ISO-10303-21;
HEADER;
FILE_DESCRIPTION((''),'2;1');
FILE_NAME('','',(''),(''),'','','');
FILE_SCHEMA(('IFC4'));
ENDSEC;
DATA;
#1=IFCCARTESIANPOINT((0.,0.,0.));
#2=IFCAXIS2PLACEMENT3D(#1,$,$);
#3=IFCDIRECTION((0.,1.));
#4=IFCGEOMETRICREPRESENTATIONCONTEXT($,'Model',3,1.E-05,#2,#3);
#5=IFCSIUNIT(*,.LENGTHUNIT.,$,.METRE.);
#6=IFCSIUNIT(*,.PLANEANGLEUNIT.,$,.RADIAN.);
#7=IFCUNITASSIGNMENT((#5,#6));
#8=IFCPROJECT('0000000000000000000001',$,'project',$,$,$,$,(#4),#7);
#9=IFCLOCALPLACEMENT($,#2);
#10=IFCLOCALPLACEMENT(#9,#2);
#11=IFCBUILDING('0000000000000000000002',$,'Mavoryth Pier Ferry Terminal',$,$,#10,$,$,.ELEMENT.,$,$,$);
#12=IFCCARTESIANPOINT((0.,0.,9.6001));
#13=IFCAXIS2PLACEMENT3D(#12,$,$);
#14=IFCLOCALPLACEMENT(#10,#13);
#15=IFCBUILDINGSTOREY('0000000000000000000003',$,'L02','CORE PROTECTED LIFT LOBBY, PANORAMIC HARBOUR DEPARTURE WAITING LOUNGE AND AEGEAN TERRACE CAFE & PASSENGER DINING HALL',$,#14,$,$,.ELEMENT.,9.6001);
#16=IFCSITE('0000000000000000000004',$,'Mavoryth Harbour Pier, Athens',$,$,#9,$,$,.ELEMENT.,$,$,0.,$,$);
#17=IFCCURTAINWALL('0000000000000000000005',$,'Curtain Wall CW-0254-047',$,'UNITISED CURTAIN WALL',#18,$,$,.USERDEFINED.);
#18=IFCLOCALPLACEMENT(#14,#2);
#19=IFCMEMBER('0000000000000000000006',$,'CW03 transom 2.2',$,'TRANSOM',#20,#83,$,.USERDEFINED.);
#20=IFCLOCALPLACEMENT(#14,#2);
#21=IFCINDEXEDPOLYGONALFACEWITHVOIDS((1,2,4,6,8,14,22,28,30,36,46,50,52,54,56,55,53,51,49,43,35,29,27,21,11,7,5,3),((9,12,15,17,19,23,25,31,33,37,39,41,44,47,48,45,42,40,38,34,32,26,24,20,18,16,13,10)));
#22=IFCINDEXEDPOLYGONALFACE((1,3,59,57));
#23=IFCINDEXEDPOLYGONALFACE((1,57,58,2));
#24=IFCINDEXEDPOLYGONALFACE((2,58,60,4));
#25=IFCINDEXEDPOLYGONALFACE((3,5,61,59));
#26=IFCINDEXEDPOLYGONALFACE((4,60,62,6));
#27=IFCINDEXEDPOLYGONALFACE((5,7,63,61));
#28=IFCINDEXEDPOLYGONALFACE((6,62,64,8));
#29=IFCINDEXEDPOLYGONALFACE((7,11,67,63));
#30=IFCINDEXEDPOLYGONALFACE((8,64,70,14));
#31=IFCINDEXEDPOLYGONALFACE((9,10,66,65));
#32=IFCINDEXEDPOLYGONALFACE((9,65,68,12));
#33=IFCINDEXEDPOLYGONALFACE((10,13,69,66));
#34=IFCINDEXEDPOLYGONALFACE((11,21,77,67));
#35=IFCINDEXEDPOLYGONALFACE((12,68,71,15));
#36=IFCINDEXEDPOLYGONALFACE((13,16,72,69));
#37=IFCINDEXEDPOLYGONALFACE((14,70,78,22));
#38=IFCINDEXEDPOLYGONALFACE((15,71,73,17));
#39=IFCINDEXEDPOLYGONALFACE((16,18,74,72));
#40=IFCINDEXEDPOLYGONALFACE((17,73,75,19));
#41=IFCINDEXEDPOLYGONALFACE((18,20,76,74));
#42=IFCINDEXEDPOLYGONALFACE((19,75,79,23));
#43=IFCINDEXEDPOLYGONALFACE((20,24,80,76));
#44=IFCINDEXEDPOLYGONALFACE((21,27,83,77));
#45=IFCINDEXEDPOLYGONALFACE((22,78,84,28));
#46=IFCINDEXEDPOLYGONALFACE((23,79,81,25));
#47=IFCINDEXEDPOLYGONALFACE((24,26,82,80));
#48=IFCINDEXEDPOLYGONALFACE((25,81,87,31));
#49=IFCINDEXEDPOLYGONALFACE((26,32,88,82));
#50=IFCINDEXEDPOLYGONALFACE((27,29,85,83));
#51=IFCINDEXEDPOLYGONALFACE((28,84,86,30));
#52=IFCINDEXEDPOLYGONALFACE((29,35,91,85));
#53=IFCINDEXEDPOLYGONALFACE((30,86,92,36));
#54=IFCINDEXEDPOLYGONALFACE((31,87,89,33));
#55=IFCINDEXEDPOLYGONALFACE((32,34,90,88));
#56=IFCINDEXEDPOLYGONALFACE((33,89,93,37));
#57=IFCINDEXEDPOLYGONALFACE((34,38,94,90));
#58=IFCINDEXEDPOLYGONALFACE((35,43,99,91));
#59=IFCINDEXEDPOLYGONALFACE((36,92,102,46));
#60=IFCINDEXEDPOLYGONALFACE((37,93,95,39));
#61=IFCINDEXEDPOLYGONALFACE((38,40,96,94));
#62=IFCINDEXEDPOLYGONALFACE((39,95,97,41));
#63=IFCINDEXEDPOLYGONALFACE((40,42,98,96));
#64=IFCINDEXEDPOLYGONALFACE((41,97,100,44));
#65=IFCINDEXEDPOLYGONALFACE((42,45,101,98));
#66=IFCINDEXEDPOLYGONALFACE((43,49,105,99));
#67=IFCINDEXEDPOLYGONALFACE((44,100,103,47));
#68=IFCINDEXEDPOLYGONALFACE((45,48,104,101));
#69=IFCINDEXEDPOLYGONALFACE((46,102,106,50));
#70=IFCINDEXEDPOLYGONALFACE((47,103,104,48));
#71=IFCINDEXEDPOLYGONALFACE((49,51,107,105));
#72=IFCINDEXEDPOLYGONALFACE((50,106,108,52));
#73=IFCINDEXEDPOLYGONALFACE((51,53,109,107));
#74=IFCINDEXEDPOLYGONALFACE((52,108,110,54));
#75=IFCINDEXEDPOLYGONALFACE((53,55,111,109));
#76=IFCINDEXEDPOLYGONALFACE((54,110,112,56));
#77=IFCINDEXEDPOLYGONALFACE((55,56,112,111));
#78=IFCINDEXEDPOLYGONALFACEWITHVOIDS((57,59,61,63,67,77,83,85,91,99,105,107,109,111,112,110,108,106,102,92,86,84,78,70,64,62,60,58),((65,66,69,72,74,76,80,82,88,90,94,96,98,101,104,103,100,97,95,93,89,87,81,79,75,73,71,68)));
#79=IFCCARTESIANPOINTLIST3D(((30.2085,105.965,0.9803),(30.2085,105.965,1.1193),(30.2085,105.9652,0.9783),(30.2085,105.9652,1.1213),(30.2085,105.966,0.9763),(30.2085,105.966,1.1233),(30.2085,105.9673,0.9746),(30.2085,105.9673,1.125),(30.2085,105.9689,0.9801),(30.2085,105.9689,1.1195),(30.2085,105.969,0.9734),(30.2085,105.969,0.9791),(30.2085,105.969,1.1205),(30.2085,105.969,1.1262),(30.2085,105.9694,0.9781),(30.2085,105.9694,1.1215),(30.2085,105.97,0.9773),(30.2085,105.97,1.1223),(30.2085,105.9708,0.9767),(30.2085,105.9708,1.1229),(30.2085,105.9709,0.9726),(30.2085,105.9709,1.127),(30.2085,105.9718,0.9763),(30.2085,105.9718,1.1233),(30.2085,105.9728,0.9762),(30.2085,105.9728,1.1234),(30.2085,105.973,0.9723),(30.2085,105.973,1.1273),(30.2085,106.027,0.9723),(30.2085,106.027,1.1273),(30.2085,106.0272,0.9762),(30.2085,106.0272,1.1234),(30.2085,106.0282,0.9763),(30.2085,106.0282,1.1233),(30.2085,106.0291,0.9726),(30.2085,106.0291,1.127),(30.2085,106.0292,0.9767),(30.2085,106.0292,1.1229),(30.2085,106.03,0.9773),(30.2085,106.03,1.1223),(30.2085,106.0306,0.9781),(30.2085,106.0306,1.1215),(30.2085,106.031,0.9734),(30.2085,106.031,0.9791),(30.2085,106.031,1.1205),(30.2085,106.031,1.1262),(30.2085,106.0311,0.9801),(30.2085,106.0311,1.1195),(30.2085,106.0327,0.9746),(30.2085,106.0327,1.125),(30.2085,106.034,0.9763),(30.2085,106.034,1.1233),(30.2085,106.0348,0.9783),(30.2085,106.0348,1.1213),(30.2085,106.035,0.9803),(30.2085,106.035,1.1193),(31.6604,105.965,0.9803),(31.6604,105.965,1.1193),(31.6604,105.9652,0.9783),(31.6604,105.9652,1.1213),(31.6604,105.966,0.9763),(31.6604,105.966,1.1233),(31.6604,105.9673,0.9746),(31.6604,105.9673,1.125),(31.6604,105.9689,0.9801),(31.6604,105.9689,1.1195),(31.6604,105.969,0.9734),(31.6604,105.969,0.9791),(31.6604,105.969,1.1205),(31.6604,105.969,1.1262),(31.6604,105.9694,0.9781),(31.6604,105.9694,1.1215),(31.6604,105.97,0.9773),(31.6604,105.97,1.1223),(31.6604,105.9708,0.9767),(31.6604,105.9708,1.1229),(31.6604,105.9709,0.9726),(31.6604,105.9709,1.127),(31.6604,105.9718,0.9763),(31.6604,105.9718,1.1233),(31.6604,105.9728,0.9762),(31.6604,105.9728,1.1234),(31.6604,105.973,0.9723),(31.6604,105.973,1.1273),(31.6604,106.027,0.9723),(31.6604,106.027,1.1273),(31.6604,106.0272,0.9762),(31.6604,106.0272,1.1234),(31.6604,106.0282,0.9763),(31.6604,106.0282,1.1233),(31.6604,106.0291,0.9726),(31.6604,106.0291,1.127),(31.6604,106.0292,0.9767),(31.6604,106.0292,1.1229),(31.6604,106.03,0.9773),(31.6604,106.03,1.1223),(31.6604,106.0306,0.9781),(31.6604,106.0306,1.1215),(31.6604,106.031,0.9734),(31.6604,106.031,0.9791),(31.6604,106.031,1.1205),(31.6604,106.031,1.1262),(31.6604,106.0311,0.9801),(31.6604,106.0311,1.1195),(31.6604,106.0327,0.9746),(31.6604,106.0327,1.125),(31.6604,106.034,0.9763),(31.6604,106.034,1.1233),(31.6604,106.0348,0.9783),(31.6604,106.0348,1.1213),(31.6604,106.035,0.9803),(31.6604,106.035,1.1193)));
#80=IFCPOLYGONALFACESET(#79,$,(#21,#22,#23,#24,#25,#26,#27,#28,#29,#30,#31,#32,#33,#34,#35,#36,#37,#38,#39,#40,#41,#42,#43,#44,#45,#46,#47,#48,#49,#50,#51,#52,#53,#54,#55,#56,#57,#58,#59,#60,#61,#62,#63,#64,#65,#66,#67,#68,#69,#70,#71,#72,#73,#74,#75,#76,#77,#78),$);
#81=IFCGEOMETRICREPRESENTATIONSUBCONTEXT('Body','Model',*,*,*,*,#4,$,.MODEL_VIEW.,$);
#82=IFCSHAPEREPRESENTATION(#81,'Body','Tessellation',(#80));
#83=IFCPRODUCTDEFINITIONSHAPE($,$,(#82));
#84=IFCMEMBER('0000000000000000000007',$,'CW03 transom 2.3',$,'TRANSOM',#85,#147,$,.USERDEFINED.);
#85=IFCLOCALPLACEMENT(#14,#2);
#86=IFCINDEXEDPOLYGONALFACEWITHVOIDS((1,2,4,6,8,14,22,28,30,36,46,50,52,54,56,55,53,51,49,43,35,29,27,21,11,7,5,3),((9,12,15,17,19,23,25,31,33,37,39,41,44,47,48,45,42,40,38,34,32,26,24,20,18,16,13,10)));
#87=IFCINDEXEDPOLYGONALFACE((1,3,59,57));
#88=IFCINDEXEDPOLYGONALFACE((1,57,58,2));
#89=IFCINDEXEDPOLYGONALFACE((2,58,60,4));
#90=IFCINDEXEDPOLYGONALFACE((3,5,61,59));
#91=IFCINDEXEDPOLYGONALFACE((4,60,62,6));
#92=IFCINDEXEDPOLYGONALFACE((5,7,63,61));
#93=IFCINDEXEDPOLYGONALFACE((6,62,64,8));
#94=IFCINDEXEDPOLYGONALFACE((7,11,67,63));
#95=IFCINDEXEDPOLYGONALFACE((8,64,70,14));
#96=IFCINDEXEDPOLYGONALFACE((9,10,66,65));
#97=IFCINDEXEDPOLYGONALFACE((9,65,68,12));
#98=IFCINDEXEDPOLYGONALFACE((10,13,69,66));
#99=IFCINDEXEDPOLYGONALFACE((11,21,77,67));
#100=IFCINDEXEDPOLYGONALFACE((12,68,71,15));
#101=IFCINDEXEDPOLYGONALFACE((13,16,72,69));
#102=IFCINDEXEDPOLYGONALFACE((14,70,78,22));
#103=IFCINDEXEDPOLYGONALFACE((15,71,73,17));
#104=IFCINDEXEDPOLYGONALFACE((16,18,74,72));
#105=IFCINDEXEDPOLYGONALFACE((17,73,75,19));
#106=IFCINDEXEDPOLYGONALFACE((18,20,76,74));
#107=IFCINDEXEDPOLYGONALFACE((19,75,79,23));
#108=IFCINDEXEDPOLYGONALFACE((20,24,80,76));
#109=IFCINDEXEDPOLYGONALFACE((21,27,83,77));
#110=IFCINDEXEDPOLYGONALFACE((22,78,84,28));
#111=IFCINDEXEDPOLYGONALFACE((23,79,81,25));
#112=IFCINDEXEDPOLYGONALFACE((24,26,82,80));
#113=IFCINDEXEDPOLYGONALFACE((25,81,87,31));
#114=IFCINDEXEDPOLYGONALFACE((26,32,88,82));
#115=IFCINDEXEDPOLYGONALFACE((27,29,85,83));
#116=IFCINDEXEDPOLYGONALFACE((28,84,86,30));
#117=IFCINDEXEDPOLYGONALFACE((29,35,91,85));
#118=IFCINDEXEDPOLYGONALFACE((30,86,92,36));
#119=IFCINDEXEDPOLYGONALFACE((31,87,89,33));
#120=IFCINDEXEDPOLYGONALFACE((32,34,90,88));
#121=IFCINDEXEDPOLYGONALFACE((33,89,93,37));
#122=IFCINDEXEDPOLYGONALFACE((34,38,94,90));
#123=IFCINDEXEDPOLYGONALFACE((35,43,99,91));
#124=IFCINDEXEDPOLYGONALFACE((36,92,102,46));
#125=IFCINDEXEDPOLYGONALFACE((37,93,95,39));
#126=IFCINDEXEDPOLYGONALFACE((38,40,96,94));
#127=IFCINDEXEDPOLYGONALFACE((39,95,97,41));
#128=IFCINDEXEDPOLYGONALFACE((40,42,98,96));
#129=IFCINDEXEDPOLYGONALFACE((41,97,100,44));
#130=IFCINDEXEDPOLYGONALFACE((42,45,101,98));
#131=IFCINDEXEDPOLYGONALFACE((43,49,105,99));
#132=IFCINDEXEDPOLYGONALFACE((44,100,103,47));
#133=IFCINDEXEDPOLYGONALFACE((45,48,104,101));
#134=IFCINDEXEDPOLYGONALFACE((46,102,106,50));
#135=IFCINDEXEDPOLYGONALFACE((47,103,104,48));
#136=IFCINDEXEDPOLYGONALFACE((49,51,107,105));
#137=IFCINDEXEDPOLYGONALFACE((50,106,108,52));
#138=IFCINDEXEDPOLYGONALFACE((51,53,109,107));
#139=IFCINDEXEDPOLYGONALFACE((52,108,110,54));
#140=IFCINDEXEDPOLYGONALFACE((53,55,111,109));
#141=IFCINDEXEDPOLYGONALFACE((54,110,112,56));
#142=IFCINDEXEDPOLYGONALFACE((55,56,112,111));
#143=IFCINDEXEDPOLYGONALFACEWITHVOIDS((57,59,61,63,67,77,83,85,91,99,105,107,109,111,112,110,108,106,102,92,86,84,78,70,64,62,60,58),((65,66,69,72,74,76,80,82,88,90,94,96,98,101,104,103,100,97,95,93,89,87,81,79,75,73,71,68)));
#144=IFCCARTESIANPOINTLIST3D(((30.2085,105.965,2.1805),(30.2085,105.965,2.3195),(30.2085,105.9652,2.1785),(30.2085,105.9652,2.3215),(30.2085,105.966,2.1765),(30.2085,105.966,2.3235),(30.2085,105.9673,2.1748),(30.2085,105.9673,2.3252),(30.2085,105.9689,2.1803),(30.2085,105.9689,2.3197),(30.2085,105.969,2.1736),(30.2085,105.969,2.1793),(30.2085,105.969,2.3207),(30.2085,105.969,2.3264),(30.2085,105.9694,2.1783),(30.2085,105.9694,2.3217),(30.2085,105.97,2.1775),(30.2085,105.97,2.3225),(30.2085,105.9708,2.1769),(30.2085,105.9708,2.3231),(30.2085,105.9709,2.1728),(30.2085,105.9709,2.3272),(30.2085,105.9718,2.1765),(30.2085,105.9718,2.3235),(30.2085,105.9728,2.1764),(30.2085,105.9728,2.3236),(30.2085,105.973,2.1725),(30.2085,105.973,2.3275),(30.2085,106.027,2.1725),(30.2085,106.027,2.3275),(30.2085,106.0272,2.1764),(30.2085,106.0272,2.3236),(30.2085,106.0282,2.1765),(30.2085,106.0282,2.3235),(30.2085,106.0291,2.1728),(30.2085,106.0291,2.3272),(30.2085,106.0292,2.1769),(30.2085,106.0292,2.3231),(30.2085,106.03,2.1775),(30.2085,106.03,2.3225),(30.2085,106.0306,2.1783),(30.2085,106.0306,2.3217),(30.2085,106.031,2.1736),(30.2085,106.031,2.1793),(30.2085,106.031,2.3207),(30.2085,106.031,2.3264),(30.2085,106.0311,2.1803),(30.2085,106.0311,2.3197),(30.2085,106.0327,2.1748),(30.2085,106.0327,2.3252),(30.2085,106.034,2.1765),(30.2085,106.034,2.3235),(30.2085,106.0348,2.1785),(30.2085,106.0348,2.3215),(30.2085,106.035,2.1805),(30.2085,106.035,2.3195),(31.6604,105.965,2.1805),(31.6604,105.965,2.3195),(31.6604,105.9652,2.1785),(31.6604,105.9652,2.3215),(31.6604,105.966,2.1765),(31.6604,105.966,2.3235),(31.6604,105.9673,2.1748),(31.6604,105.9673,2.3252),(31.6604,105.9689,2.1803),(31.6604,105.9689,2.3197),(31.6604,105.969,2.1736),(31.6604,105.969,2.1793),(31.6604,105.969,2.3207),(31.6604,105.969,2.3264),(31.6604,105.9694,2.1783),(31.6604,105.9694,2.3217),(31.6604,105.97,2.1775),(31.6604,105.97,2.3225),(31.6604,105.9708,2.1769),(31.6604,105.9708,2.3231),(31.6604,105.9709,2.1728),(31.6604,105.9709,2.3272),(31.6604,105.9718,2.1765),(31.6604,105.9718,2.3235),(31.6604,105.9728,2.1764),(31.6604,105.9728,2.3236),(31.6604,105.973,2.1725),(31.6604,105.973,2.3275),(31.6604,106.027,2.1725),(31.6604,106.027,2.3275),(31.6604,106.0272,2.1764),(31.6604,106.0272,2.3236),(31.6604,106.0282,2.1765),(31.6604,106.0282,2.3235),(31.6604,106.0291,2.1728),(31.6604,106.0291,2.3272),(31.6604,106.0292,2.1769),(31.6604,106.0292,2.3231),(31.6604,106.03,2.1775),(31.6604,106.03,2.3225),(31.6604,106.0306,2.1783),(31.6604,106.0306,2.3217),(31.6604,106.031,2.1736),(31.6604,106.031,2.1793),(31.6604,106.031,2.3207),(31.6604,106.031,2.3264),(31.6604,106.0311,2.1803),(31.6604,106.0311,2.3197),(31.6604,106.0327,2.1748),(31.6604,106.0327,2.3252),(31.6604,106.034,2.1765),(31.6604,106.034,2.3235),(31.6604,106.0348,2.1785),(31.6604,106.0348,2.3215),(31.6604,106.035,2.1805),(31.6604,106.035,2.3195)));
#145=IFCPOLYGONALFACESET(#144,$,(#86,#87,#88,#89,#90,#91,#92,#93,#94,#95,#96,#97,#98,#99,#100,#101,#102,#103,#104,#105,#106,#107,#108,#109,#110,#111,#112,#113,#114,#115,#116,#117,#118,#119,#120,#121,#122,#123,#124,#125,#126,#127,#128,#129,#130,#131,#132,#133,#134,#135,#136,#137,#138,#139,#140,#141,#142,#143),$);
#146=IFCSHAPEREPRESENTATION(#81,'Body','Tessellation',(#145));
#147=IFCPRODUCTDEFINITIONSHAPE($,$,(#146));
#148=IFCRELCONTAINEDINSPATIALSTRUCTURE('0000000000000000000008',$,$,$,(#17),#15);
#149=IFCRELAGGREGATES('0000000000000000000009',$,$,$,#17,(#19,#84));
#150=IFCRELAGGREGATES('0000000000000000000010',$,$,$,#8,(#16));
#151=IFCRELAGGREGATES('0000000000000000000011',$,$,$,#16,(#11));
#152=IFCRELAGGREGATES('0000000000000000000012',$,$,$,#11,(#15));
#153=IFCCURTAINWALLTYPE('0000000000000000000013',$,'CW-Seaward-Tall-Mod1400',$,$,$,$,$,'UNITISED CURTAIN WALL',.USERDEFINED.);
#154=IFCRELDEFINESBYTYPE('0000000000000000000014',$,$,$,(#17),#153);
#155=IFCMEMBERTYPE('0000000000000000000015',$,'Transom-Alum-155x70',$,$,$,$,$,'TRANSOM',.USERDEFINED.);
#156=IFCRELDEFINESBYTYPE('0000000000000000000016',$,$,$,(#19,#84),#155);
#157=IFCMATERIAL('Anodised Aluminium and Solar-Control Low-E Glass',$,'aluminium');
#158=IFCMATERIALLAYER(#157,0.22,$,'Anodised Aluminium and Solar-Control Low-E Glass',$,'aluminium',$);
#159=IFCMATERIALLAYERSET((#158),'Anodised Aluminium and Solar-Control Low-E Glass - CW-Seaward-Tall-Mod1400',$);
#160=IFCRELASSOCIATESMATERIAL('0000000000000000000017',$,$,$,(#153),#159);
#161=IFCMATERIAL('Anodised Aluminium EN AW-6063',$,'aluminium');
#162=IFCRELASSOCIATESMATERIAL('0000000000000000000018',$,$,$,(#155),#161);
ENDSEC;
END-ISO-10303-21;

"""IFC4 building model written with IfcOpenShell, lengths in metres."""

from ifc_helpers import new_model, si_unit, direction, frame, origin, origin_2d, place, context, subcontext, project, spatial, hollow_rectangle, extrude, material, layer, layer_set, material_profile, profile_set, type_object, element, aggregate, save


model = new_model("IFC4")

# Units and contexts
model_context = context("Model", 3, precision=1e-05, world=origin(), true_north=direction((0.0, 1.0)))
body_context = subcontext(model_context, "Body", "Model", "MODEL_VIEW")
ifc_project = project(units=[si_unit("LENGTHUNIT", "METRE"), si_unit("PLANEANGLEUNIT", "RADIAN")], contexts=[model_context])

# Site, building, storey
site_placement = place(None, origin())
site = spatial("IfcSite", under=ifc_project, at=site_placement, Name="Mavoryth Harbour Pier, Athens", CompositionType="ELEMENT", RefElevation=0.0)
building_placement = place(site_placement, origin())
building = spatial("IfcBuilding", under=site, at=building_placement, Name="Mavoryth Pier Ferry Terminal", CompositionType="ELEMENT")
storey_placement = place(building_placement, frame((0.0, 0.0, 9.6001)))
storey = spatial("IfcBuildingStorey", under=building, at=storey_placement, Name="L02", Description="CORE PROTECTED LIFT LOBBY, PANORAMIC HARBOUR DEPARTURE WAITING LOUNGE AND AEGEAN TERRACE CAFE & PASSENGER DINING HALL", CompositionType="ELEMENT", Elevation=9.6001)

# Curtain wall
ifc_material_1 = material(Name="Anodised Aluminium and Solar-Control Low-E Glass", Category="aluminium")
ifc_layer_1 = layer(ifc_material_1, 0.22, Name="Anodised Aluminium and Solar-Control Low-E Glass", Category="aluminium")
ifc_layer_set_1 = layer_set([ifc_layer_1], Name="Anodised Aluminium and Solar-Control Low-E Glass - CW-Seaward-Tall-Mod1400")
curtain_wall_type = type_object("IfcCurtainWallType", Name="CW-Seaward-Tall-Mod1400", ElementType="UNITISED CURTAIN WALL", PredefinedType="USERDEFINED", material=ifc_layer_set_1)
curtain_wall_placement = place(storey_placement, origin())
curtain_wall = element("IfcCurtainWall", 1, at=curtain_wall_placement, inside=storey, type_object=curtain_wall_type, Name="Curtain Wall CW-0254-047", ObjectType="UNITISED CURTAIN WALL", PredefinedType="USERDEFINED")
ifc_material_2 = material(Name="Anodised Aluminium EN AW-6063", Category="aluminium")

# Members
ifc_material_profile_1 = material_profile(ifc_material_2, hollow_rectangle(XDim=0.0701, YDim=0.155, WallThickness=0.0039, InnerFilletRadius=0.0039, OuterFilletRadius=0.0081, at=origin_2d()), Name="AL-TRAN 155x70x4", Category="aluminium")
ifc_profile_set_1 = profile_set([ifc_material_profile_1], Name="Anodised Aluminium EN AW-6063 - AL-TRAN 155x70x4")
member_type_1 = type_object("IfcMemberType", Name="Transom-Alum-155x70", ElementType="TRANSOM", PredefinedType="USERDEFINED", material=ifc_profile_set_1)
member_1_placement = place(storey_placement, frame((31.6604, 106.0, 1.0498), z_axis=(-1.0, 0.0, 0.0), x_axis=(0.0, -1.0, 0.0)))
member_1 = element("IfcMember", 2, at=member_1_placement, type_object=member_type_1, Name="CW03 transom 2.2", ObjectType="TRANSOM", PredefinedType="USERDEFINED", context=body_context, shape_type="SweptSolid", body=[
    extrude(hollow_rectangle(XDim=0.0701, YDim=0.155, WallThickness=0.0039, InnerFilletRadius=0.0039, OuterFilletRadius=0.0081, at=origin_2d()), origin(), (0.0, 0.0, 1.0), 1.4519),
])
member_2_placement = place(storey_placement, frame((31.6604, 106.0, 2.25), z_axis=(-1.0, 0.0, 0.0), x_axis=(0.0, -1.0, 0.0)))
member_2 = element("IfcMember", 3, at=member_2_placement, type_object=member_type_1, Name="CW03 transom 2.3", ObjectType="TRANSOM", PredefinedType="USERDEFINED", context=body_context, shape_type="SweptSolid", body=[
    extrude(hollow_rectangle(XDim=0.0701, YDim=0.155, WallThickness=0.0039, InnerFilletRadius=0.0039, OuterFilletRadius=0.0081, at=origin_2d()), origin(), (0.0, 0.0, 1.0), 1.4519),
])

aggregate(curtain_wall, [member_1, member_2])

save(model, "model.ifc")
